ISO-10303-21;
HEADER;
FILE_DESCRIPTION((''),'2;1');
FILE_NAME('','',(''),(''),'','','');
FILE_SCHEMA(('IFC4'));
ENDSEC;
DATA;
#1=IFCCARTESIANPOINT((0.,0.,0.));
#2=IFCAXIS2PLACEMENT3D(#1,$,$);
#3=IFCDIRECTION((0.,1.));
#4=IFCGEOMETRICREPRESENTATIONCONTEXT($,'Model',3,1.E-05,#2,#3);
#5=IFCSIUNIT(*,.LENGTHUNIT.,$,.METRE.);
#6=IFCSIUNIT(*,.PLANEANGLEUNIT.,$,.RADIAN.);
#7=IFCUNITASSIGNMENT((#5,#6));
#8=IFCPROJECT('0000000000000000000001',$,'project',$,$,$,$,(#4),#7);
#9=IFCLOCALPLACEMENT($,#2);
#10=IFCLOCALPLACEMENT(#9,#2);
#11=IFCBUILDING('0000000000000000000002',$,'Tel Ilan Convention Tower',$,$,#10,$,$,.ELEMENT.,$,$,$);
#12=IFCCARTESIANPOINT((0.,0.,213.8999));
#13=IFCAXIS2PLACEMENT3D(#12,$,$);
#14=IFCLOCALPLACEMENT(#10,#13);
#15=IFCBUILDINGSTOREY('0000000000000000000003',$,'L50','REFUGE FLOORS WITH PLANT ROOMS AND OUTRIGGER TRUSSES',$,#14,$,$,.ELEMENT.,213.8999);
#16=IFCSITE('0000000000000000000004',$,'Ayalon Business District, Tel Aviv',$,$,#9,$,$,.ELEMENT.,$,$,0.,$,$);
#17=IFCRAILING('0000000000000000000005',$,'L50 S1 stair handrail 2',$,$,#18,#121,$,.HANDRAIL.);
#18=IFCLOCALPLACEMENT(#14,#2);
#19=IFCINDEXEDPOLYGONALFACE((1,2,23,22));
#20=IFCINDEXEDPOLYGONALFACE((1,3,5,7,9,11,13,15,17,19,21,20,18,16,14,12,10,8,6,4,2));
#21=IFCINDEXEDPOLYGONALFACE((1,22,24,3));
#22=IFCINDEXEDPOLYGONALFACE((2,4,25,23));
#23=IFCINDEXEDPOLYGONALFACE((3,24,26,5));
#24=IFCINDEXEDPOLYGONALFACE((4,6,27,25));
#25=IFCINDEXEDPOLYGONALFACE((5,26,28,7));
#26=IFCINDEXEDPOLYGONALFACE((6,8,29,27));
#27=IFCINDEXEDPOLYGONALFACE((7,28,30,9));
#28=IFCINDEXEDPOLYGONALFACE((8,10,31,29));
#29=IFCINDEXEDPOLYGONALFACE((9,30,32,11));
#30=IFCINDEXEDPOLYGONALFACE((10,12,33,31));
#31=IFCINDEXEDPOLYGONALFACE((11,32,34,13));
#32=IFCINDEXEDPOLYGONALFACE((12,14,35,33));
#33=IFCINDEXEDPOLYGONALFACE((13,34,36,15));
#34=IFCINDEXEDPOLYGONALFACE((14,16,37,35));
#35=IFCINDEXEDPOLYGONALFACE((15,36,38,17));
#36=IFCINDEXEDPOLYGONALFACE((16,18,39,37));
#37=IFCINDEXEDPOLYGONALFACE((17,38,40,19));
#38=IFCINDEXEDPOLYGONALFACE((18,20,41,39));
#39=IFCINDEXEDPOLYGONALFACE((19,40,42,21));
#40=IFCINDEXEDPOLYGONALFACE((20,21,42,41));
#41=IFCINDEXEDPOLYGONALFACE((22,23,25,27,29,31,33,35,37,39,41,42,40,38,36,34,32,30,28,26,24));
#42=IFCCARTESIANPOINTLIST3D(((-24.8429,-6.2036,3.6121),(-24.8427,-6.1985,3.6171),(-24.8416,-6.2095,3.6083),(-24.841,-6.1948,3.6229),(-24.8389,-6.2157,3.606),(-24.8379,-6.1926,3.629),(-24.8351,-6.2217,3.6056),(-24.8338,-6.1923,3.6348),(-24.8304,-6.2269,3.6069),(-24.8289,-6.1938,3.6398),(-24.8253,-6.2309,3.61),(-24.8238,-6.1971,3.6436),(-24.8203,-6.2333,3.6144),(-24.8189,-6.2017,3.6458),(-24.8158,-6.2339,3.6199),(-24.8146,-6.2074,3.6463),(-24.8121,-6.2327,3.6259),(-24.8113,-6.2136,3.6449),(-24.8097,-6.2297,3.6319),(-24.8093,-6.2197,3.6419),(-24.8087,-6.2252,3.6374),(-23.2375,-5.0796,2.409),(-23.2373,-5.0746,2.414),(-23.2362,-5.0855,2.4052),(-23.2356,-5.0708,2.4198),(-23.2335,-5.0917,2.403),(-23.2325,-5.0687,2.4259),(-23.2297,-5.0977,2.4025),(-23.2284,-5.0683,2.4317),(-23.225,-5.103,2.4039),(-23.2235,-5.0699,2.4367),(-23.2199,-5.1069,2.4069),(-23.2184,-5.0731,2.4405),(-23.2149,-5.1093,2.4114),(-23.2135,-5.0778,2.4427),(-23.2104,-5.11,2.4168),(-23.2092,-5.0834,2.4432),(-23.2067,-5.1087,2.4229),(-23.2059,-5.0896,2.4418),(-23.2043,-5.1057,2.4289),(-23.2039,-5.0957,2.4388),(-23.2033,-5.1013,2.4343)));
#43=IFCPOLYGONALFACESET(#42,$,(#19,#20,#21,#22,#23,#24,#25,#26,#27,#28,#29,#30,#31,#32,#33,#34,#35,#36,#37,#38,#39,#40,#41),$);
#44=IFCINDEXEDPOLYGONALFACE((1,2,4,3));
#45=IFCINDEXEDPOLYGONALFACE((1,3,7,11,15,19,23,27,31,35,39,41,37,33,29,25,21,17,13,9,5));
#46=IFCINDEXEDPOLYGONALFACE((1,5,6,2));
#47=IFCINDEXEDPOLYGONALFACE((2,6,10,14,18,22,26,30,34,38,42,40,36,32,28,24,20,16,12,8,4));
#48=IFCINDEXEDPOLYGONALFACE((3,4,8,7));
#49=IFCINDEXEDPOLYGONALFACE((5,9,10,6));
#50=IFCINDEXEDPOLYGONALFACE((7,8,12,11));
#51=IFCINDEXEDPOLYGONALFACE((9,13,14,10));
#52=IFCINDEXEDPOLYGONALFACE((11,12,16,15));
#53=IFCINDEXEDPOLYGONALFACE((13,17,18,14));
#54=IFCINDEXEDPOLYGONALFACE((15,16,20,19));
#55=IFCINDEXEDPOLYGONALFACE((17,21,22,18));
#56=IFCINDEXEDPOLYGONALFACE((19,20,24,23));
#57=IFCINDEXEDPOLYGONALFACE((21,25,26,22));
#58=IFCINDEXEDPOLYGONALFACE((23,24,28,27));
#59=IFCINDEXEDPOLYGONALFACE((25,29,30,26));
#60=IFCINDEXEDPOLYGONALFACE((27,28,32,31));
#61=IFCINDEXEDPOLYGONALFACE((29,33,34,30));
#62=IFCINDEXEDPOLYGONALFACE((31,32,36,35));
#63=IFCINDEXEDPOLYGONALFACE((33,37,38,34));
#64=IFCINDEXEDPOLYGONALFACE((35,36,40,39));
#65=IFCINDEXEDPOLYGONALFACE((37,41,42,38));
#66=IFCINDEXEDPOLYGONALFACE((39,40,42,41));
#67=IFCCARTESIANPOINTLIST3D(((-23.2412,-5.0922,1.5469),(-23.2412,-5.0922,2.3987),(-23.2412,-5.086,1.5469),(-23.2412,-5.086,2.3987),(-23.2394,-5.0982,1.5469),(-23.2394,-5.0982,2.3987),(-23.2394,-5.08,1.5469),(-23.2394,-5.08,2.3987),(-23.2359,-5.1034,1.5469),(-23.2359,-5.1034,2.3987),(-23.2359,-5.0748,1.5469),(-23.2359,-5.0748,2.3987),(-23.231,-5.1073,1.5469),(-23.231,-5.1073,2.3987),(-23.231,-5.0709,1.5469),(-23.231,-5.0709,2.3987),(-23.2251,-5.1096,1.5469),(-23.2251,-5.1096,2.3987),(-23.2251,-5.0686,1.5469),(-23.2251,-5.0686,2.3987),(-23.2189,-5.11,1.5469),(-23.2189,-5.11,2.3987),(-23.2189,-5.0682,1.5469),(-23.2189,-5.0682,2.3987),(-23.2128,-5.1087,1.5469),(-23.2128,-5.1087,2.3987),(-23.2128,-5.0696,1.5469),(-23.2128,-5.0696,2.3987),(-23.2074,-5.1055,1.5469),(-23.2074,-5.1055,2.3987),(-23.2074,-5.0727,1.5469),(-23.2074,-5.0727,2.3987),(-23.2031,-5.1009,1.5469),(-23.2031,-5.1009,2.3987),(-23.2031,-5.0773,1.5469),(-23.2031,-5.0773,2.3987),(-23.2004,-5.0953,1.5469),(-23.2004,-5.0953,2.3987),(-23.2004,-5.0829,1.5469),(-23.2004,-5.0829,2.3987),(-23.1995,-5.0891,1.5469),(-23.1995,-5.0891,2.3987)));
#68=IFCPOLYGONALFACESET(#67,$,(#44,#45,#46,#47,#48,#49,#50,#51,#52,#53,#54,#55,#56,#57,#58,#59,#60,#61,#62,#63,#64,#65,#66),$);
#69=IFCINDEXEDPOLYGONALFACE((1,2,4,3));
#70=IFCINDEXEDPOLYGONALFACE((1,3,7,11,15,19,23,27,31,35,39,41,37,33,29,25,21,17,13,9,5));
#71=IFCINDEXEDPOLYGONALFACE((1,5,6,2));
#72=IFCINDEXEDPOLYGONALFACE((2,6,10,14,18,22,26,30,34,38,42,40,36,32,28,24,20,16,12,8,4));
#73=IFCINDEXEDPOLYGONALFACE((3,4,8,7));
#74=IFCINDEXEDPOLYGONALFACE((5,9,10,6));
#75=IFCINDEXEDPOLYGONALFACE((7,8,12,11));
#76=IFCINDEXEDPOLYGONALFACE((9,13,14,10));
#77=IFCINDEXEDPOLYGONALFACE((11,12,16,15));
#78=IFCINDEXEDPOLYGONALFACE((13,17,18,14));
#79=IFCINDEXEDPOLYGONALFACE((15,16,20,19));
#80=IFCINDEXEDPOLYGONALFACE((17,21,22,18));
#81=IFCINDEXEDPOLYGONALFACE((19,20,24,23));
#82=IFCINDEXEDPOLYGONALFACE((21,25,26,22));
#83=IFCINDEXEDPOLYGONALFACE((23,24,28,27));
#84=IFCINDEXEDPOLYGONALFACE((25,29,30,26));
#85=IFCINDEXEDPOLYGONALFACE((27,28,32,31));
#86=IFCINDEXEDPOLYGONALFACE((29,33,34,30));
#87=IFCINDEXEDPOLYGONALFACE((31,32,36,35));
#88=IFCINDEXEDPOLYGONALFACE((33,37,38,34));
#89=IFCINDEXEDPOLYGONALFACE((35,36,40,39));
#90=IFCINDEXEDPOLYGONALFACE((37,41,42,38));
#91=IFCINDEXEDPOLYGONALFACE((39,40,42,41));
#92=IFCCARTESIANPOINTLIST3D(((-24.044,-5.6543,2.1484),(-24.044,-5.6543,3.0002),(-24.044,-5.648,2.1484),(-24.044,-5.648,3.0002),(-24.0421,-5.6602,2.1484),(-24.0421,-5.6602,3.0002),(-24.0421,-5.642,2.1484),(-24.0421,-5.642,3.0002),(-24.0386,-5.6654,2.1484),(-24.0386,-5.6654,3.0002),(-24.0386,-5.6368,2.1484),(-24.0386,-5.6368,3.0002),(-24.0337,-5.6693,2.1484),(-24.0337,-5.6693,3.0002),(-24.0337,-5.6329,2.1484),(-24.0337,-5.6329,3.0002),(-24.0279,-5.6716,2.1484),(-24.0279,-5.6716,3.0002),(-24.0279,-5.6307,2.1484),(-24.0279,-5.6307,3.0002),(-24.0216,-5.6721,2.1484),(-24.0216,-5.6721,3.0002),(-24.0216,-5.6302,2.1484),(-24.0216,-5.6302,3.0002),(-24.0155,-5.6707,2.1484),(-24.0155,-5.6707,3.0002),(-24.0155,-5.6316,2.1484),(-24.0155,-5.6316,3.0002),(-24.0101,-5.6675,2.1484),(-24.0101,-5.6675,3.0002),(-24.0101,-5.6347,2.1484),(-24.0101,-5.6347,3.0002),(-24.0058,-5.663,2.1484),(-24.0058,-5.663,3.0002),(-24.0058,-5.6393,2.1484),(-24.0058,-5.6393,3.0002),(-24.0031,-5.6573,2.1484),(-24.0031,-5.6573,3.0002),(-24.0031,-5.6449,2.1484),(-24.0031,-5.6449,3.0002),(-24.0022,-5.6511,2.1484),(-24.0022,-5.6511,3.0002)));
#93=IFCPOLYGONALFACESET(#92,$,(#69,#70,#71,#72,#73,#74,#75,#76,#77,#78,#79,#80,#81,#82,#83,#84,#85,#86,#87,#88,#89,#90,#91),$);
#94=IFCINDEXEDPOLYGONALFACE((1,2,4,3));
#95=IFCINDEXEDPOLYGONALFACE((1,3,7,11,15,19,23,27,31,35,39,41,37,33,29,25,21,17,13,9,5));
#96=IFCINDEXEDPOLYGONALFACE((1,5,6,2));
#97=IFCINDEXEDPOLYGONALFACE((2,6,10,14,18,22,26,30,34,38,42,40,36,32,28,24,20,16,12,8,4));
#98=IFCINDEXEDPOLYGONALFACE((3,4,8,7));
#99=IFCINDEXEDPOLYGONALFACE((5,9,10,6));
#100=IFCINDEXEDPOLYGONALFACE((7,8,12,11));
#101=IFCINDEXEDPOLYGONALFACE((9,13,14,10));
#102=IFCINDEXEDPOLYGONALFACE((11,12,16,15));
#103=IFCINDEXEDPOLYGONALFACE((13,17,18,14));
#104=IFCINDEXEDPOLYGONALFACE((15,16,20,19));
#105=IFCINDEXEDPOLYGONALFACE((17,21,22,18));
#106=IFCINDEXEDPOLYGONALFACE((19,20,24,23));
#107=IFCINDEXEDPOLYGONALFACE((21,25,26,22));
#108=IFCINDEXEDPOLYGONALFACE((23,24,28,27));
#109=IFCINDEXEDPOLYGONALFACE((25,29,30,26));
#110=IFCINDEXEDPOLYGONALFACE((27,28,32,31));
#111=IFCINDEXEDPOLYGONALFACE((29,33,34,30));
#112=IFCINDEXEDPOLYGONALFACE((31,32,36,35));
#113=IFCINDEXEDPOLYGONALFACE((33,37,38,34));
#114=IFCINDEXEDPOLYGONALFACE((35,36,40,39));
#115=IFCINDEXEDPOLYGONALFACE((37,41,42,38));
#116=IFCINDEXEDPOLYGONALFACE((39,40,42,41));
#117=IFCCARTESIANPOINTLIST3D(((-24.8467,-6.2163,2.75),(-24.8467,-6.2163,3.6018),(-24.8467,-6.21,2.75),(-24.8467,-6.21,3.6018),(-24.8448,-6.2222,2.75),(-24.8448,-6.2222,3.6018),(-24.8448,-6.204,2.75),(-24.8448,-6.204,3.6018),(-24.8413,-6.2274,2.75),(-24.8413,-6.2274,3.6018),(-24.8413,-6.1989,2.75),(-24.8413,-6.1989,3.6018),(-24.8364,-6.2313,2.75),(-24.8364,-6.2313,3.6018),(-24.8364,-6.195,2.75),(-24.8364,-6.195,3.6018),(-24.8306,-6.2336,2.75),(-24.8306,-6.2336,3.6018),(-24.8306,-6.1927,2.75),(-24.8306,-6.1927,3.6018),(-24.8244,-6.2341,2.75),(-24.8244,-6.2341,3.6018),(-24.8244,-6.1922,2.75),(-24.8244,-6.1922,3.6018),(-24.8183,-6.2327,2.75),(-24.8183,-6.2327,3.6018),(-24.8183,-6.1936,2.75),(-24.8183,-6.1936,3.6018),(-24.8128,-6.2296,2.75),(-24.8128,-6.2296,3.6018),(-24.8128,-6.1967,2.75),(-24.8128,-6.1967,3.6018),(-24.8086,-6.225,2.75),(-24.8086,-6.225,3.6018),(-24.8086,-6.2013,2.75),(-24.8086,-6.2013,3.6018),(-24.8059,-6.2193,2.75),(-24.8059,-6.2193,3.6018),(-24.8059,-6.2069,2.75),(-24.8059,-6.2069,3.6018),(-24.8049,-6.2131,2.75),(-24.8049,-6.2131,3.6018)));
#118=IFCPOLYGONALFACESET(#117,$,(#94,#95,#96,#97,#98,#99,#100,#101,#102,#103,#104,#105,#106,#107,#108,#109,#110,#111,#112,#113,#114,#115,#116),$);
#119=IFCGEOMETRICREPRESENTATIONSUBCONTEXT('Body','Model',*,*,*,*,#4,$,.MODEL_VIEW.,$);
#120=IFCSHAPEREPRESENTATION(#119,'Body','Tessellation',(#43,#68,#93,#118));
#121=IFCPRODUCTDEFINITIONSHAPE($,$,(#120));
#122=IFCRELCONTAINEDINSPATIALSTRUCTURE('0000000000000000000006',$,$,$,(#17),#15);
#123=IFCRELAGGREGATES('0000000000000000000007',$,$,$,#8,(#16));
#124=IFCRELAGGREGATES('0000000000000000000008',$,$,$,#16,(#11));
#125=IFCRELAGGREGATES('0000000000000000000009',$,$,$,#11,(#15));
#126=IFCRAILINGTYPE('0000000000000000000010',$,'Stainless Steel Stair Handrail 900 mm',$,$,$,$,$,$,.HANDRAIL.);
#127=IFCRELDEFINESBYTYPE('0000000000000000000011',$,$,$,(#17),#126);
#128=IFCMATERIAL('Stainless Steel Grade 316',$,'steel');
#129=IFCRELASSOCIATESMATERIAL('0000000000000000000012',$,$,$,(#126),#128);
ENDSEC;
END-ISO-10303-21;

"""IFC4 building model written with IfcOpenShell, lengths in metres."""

from ifc_helpers import new_model, si_unit, direction, frame, origin, origin_2d, place, context, subcontext, project, spatial, circle, extrude, material, type_object, element, save


model = new_model("IFC4")

# Units and contexts
model_context = context("Model", 3, precision=1e-05, world=origin(), true_north=direction((0.0, 1.0)))
body_context = subcontext(model_context, "Body", "Model", "MODEL_VIEW")
ifc_project = project(units=[si_unit("LENGTHUNIT", "METRE"), si_unit("PLANEANGLEUNIT", "RADIAN")], contexts=[model_context])

# Site, building, storey
site_placement = place(None, origin())
site = spatial("IfcSite", under=ifc_project, at=site_placement, Name="Ayalon Business District, Tel Aviv", CompositionType="ELEMENT", RefElevation=0.0)
building_placement = place(site_placement, origin())
building = spatial("IfcBuilding", under=site, at=building_placement, Name="Tel Ilan Convention Tower", CompositionType="ELEMENT")
storey_placement = place(building_placement, frame((0.0, 0.0, 213.8999)))
storey = spatial("IfcBuildingStorey", under=building, at=storey_placement, Name="L50", Description="REFUGE FLOORS WITH PLANT ROOMS AND OUTRIGGER TRUSSES", CompositionType="ELEMENT", Elevation=213.8999)

# Railing
ifc_material_1 = material(Name="Stainless Steel Grade 316", Category="steel")
railing_type_1 = type_object("IfcRailingType", Name="Stainless Steel Stair Handrail 900 mm", PredefinedType="HANDRAIL", material=ifc_material_1)
for number, where, name in (
    (1, (-23.2205, -5.0891, 1.5469), "L50 S1 stair handrail 2"),
):
    element("IfcRailing", number, at=place(storey_placement, frame(where)), inside=storey, type_object=railing_type_1, Name=name, PredefinedType="HANDRAIL", context=body_context, shape_type="SweptSolid", body=[
        extrude(circle(Radius=0.0239, at=origin_2d()), frame((0.0, 0.0, 0.876), z_axis=(-0.698131, -0.488777, 0.523174), x_axis=(0.573529, -0.819185, 0.0)), (0.0, 0.0, 1.0), 2.2996),
        extrude(circle(Radius=0.021, at=origin_2d()), origin(), (0.0, 0.0, 1.0), 0.8518),
        extrude(circle(Radius=0.021, at=origin_2d()), frame((-0.8027, -0.562, 0.6016)), (0.0, 0.0, 1.0), 0.8518),
        extrude(circle(Radius=0.021, at=origin_2d()), frame((-1.6055, -1.124, 1.2031)), (0.0, 0.0, 1.0), 0.8518),
    ])

save(model, "model.ifc")
